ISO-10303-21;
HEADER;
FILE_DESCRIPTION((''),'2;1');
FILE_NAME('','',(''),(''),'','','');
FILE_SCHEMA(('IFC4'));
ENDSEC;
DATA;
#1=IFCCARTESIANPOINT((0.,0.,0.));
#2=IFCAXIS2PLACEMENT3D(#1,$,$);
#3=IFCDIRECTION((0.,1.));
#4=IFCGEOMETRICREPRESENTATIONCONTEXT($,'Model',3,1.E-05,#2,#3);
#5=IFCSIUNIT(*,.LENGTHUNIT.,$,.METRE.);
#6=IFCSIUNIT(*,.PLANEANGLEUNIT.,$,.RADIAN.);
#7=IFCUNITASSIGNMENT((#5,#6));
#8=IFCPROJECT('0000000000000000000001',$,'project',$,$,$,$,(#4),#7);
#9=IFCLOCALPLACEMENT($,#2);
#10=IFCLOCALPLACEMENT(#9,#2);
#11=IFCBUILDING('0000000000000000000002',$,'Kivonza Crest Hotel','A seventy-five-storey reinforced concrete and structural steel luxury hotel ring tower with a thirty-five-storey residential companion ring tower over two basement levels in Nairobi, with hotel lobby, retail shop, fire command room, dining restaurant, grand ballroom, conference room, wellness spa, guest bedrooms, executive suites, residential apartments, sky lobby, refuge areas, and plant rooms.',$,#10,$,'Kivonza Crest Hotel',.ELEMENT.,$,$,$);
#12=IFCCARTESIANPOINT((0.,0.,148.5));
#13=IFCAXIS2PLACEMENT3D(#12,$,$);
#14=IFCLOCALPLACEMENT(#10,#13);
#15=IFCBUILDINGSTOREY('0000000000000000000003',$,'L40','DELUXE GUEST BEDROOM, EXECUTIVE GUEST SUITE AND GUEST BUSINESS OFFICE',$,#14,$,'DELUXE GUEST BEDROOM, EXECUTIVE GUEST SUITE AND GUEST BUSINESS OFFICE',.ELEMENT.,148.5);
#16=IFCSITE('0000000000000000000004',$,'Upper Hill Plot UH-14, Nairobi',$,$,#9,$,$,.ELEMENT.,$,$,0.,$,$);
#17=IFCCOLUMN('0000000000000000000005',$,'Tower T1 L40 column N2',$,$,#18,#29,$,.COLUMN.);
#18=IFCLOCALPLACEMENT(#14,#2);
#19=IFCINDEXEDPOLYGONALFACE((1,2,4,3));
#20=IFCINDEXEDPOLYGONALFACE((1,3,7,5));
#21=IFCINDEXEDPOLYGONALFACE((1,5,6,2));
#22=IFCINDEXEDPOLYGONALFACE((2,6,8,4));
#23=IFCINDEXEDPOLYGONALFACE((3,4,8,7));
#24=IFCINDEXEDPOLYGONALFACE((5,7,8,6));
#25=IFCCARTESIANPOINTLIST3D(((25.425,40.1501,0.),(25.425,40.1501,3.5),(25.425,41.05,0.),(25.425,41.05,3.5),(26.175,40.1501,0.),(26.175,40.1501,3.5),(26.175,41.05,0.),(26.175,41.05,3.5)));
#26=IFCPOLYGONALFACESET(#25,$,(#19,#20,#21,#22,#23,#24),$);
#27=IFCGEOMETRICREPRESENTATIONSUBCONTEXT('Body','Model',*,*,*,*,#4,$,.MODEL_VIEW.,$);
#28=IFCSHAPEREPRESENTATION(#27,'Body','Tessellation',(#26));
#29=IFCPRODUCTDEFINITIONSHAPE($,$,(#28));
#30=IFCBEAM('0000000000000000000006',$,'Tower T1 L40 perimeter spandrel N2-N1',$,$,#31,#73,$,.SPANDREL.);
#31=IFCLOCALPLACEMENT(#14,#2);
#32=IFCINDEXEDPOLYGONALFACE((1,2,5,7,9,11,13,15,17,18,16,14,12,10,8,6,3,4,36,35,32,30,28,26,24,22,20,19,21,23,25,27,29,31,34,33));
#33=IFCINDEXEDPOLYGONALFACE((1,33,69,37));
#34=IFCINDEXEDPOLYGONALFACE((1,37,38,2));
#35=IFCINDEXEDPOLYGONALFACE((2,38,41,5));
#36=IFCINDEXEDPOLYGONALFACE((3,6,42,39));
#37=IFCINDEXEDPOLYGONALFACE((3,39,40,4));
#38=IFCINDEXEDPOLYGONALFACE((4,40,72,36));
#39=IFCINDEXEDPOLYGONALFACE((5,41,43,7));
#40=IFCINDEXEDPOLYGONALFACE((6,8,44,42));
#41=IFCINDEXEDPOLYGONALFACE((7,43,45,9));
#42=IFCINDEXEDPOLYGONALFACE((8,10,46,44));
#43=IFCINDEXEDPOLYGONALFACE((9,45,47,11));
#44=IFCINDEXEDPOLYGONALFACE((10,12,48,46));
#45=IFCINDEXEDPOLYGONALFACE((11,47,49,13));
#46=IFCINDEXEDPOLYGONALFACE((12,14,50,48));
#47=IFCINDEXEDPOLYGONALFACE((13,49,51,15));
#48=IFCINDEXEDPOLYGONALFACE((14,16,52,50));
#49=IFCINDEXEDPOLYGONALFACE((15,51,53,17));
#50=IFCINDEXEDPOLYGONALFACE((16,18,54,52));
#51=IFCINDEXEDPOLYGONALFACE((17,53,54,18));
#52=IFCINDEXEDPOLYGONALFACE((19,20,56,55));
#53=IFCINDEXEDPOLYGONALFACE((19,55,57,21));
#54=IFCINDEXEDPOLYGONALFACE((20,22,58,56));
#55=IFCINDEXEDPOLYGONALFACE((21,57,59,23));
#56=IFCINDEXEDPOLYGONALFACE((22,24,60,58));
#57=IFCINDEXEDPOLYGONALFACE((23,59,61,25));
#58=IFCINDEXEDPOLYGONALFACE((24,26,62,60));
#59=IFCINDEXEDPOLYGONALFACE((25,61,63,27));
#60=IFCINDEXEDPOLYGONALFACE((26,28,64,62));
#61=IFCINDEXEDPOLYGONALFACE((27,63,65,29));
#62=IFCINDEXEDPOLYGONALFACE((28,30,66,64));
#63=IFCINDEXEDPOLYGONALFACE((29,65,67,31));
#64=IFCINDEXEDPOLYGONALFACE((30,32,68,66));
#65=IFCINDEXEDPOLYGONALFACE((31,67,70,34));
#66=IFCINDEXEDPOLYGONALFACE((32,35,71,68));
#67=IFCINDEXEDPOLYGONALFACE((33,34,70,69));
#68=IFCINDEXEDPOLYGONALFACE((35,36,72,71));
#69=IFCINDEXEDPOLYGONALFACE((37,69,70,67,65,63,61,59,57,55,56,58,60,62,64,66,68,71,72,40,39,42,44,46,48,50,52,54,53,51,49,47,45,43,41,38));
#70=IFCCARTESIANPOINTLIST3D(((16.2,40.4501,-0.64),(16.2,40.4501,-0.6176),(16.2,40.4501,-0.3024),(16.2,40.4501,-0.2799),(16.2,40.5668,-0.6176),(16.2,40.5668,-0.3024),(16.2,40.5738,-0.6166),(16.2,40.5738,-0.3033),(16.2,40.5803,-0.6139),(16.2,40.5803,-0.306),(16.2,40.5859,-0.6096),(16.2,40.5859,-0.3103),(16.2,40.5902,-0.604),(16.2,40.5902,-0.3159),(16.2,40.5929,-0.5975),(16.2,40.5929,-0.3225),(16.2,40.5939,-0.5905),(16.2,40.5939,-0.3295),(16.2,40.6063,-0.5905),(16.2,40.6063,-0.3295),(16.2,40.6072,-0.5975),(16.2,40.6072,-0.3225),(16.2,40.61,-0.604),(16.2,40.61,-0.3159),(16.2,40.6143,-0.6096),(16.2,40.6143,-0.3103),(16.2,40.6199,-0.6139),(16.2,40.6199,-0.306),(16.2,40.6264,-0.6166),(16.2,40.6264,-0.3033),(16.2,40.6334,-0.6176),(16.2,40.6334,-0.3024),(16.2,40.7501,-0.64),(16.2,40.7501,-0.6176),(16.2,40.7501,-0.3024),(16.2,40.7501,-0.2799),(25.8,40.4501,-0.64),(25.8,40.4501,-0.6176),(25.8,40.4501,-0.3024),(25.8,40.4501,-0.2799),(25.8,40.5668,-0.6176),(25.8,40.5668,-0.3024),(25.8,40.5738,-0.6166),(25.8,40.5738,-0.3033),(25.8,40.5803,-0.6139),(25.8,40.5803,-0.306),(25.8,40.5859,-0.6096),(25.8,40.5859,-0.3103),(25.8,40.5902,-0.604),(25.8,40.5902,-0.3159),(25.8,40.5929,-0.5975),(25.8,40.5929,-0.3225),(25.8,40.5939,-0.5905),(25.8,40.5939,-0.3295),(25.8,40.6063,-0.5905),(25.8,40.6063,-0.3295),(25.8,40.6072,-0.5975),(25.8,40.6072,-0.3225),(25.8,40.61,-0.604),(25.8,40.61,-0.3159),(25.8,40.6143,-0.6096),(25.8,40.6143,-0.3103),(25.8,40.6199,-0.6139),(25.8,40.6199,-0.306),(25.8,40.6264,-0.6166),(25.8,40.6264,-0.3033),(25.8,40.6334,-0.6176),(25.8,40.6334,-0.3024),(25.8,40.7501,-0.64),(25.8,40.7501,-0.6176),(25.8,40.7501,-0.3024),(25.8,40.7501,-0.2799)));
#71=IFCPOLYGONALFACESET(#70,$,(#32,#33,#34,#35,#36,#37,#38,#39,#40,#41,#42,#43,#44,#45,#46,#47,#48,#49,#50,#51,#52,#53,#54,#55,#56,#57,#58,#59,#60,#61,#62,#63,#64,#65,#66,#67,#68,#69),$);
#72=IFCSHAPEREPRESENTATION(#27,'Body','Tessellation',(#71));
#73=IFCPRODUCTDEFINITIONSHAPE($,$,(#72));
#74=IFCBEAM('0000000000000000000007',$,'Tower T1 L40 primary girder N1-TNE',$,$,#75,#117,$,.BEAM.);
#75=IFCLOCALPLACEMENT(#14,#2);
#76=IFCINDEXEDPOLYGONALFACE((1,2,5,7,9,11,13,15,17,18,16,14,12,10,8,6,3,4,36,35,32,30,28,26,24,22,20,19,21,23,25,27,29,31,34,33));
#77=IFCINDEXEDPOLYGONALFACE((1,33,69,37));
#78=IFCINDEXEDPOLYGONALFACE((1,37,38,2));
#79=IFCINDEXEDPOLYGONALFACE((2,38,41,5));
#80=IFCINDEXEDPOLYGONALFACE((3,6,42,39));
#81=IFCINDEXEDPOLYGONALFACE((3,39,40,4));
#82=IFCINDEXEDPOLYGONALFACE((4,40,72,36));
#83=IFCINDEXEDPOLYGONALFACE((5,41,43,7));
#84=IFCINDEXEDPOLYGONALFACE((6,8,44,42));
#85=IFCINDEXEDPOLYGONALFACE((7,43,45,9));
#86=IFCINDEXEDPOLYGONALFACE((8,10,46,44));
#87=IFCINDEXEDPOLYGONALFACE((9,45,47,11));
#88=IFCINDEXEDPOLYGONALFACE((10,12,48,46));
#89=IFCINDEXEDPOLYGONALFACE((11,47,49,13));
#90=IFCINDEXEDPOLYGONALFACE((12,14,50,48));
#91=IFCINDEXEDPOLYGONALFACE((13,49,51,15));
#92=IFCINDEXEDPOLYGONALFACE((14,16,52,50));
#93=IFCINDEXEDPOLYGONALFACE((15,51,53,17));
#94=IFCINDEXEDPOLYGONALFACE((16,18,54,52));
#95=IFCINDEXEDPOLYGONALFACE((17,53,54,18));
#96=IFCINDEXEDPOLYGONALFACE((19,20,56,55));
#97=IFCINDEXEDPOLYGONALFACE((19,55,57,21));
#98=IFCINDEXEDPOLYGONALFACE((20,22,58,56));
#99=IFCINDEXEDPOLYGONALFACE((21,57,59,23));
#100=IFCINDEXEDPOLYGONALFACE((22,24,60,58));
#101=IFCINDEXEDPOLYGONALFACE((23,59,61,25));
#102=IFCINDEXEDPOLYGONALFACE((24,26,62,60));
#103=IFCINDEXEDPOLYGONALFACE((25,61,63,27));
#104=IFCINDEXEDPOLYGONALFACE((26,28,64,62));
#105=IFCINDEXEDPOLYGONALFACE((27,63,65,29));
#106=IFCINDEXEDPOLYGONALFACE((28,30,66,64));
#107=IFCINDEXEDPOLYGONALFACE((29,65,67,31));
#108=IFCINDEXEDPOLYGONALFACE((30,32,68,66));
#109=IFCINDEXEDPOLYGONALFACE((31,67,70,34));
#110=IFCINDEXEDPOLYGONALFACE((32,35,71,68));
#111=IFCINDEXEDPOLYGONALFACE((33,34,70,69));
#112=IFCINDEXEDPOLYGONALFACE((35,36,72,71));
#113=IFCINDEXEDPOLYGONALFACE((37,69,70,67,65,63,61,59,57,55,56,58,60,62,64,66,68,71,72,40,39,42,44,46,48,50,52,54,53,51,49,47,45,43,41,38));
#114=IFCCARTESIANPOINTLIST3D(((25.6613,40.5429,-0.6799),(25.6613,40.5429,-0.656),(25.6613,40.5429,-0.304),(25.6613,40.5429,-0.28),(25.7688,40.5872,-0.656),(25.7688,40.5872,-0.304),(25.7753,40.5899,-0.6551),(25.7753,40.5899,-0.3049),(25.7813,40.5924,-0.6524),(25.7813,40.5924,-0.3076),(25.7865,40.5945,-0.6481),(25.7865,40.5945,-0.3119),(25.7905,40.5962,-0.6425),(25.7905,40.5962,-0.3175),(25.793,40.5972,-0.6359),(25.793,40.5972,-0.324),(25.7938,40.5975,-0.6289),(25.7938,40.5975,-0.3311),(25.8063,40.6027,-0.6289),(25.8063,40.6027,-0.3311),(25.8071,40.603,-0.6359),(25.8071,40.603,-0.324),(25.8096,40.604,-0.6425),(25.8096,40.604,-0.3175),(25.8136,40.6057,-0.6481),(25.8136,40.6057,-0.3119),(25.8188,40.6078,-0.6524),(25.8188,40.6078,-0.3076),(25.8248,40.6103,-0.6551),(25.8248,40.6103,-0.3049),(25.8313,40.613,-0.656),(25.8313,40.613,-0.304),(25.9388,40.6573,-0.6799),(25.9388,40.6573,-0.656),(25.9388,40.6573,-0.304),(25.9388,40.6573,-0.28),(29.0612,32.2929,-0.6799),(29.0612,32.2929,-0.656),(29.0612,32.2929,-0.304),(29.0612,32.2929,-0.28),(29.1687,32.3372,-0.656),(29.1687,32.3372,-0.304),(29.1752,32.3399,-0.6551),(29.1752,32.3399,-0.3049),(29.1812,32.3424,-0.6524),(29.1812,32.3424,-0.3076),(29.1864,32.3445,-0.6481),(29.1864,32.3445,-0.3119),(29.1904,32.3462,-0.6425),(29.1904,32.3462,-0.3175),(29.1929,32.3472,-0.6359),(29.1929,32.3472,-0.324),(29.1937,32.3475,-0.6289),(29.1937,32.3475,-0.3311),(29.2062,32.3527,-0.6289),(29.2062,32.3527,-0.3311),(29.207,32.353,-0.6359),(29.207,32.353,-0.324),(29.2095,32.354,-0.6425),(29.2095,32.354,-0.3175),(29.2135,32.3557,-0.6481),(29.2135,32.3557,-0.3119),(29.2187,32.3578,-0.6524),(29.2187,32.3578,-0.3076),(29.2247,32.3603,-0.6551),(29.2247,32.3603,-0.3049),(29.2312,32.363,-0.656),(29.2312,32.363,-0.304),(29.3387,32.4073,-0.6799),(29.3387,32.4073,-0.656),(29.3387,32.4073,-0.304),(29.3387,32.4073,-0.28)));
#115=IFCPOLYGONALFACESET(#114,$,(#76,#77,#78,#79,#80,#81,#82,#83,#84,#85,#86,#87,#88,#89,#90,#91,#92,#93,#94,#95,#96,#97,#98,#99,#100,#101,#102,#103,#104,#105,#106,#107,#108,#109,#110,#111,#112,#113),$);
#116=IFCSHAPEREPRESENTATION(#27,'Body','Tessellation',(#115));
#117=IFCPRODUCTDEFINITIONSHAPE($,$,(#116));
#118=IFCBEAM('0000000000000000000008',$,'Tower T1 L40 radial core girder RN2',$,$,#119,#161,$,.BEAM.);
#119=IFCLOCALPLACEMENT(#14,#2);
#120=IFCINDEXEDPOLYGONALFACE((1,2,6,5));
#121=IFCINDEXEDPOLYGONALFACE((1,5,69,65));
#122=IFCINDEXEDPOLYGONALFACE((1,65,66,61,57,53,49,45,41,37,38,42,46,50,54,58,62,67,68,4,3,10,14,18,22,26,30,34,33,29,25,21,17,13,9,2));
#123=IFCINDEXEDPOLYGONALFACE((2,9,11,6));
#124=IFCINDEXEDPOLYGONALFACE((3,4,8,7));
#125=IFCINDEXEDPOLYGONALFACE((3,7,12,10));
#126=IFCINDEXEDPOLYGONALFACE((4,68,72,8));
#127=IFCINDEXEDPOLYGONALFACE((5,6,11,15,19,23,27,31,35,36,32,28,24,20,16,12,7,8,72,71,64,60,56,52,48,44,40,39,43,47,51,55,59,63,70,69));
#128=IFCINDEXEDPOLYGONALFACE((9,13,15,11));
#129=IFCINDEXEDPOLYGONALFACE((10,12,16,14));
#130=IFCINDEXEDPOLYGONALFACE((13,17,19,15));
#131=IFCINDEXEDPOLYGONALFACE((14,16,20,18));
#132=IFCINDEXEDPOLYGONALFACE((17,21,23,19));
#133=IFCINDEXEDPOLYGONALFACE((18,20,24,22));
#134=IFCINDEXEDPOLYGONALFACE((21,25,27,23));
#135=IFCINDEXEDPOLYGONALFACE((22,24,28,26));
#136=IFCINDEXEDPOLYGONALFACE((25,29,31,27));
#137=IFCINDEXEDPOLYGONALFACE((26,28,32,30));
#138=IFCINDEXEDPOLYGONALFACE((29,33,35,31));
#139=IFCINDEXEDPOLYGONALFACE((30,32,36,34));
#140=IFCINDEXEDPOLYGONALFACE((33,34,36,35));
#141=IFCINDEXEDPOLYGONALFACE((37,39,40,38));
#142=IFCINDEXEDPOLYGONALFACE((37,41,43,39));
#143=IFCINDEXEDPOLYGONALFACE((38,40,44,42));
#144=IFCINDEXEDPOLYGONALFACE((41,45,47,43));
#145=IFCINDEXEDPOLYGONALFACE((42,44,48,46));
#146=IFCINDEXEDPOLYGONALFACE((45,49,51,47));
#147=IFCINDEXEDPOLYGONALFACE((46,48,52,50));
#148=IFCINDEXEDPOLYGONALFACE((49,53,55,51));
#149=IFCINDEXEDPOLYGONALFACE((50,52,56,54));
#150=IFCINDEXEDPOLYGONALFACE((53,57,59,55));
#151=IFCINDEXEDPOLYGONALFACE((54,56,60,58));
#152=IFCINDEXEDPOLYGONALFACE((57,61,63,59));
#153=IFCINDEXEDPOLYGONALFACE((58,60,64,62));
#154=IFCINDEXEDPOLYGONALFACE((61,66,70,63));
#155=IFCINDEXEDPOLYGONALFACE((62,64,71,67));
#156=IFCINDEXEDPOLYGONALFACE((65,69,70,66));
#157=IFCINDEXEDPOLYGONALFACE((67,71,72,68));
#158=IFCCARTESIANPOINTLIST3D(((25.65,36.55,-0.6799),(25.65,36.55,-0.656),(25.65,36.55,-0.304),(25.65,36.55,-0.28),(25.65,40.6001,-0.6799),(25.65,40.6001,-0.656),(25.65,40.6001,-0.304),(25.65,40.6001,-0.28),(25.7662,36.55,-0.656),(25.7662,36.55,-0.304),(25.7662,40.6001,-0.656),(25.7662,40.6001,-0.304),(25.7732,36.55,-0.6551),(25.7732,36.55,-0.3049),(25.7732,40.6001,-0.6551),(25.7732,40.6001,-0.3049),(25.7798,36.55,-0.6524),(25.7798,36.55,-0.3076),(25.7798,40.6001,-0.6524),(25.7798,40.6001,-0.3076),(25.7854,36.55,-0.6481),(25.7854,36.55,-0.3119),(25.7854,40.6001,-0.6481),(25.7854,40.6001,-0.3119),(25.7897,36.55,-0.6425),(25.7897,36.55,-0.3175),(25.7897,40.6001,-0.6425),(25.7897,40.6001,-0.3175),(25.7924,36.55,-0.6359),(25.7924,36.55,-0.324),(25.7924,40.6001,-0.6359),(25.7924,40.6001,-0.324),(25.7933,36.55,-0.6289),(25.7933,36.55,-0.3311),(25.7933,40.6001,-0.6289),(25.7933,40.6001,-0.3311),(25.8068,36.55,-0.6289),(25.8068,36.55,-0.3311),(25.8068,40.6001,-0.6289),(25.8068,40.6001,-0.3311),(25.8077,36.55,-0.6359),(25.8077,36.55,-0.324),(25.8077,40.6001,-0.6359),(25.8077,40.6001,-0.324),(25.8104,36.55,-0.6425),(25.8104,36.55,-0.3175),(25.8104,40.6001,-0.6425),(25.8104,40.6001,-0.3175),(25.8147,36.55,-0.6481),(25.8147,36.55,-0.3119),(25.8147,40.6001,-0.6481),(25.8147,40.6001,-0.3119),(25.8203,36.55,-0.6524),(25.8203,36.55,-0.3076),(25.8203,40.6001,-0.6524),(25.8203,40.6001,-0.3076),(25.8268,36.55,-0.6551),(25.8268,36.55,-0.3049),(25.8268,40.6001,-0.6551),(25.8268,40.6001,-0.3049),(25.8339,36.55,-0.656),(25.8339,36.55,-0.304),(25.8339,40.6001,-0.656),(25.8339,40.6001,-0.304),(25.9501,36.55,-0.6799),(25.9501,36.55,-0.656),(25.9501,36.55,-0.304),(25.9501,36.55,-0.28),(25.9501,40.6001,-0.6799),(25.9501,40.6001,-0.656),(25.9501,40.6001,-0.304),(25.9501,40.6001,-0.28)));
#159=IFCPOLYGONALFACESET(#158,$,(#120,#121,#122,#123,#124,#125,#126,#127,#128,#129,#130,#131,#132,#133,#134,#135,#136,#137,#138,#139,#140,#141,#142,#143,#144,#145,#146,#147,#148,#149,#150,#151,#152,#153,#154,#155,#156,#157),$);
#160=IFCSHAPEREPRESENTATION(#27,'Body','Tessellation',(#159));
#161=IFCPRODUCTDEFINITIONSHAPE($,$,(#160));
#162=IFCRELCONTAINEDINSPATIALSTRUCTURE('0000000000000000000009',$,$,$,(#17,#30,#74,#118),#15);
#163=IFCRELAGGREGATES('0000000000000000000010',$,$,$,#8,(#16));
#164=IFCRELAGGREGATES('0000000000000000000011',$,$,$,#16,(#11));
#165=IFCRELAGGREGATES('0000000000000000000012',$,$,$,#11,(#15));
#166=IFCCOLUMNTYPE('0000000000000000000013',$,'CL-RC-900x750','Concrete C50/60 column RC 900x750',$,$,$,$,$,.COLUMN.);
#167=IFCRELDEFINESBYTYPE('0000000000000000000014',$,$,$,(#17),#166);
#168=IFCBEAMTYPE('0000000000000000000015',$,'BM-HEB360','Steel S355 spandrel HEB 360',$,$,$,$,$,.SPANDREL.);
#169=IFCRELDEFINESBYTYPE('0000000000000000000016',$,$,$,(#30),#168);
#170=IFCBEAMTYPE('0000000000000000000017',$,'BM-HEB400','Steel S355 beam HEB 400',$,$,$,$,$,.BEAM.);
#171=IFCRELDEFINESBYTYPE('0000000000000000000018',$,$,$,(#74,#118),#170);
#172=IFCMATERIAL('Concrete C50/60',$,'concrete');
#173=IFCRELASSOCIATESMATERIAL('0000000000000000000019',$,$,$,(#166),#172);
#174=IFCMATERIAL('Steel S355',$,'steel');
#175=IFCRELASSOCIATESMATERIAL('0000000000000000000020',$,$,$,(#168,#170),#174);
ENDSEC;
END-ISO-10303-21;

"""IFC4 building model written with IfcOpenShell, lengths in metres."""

from ifc_helpers import new_model, si_unit, direction, frame, origin, origin_2d, place, context, subcontext, project, spatial, rectangle, i_section, extrude, material, material_profile, profile_set, type_object, element, save


model = new_model("IFC4")

# Units and contexts
model_context = context("Model", 3, precision=1e-05, world=origin(), true_north=direction((0.0, 1.0)))
body_context = subcontext(model_context, "Body", "Model", "MODEL_VIEW")
ifc_project = project(units=[si_unit("LENGTHUNIT", "METRE"), si_unit("PLANEANGLEUNIT", "RADIAN")], contexts=[model_context])

# Site, building, storey
site_placement = place(None, origin())
site = spatial("IfcSite", under=ifc_project, at=site_placement, Name="Upper Hill Plot UH-14, Nairobi", CompositionType="ELEMENT", RefElevation=0.0)
building_placement = place(site_placement, origin())
building = spatial("IfcBuilding", under=site, at=building_placement, Name="Kivonza Crest Hotel", Description="A seventy-five-storey reinforced concrete and structural steel luxury hotel ring tower with a thirty-five-storey residential companion ring tower over two basement levels in Nairobi, with hotel lobby, retail shop, fire command room, dining restaurant, grand ballroom, conference room, wellness spa, guest bedrooms, executive suites, residential apartments, sky lobby, refuge areas, and plant rooms.", LongName="Kivonza Crest Hotel", CompositionType="ELEMENT")
storey_placement = place(building_placement, frame((0.0, 0.0, 148.5)))
storey = spatial("IfcBuildingStorey", under=building, at=storey_placement, Name="L40", Description="DELUXE GUEST BEDROOM, EXECUTIVE GUEST SUITE AND GUEST BUSINESS OFFICE", LongName="DELUXE GUEST BEDROOM, EXECUTIVE GUEST SUITE AND GUEST BUSINESS OFFICE", CompositionType="ELEMENT", Elevation=148.5)

# Column
ifc_material_1 = material(Name="Concrete C50/60", Category="concrete")
ifc_material_profile_1 = material_profile(ifc_material_1, rectangle(XDim=0.75, YDim=0.8999, at=origin_2d()), Name="RC 900x750")
ifc_profile_set_1 = profile_set([ifc_material_profile_1], Name="Concrete C50/60")
column_type = type_object("IfcColumnType", Name="CL-RC-900x750", Description="Concrete C50/60 column RC 900x750", PredefinedType="COLUMN", material=ifc_profile_set_1)
column_placement = place(storey_placement, frame((25.8, 40.6001, 0.0), z_axis=(0.0, 0.0, 1.0), x_axis=(1.0, 0.0, 0.0)))
element("IfcColumn", 1, at=column_placement, inside=storey, type_object=column_type, Name="Tower T1 L40 column N2", PredefinedType="COLUMN", context=body_context, shape_type="SweptSolid", body=[
    extrude(rectangle(XDim=0.75, YDim=0.8999, at=origin_2d()), origin(), (0.0, 0.0, 1.0), 3.5),
])

# Beams
ifc_material_2 = material(Name="Steel S355", Category="steel")
ifc_material_profile_2 = material_profile(ifc_material_2, i_section(OverallWidth=0.3, OverallDepth=0.3601, WebThickness=0.0125, FlangeThickness=0.0225, FilletRadius=0.0271, at=origin_2d()), Name="HEB 360")
ifc_profile_set_2 = profile_set([ifc_material_profile_2], Name="Steel S355")
beam_type_1 = type_object("IfcBeamType", Name="BM-HEB360", Description="Steel S355 spandrel HEB 360", PredefinedType="SPANDREL", material=ifc_profile_set_2)
beam_1_placement = place(storey_placement, frame((25.8, 40.6001, -0.46), z_axis=(-1.0, 0.0, 0.0), x_axis=(0.0, -1.0, 0.0)))
element("IfcBeam", 2, at=beam_1_placement, inside=storey, type_object=beam_type_1, Name="Tower T1 L40 perimeter spandrel N2-N1", PredefinedType="SPANDREL", context=body_context, shape_type="SweptSolid", body=[
    extrude(i_section(OverallWidth=0.3, OverallDepth=0.3601, WebThickness=0.0125, FlangeThickness=0.0225, FilletRadius=0.0271, at=origin_2d()), origin(), (0.0, 0.0, 1.0), 9.6001),
])
ifc_material_profile_3 = material_profile(ifc_material_2, i_section(OverallWidth=0.3, OverallDepth=0.3999, WebThickness=0.0134, FlangeThickness=0.0239, FilletRadius=0.0271, at=origin_2d()), Name="HEB 400")
ifc_profile_set_3 = profile_set([ifc_material_profile_3], Name="Steel S355")
beam_type_2 = type_object("IfcBeamType", Name="BM-HEB400", Description="Steel S355 beam HEB 400", PredefinedType="BEAM", material=ifc_profile_set_3)
beam_2_placement = place(storey_placement, frame((25.8, 40.6001, -0.48), z_axis=(0.381022, -0.924566, 0.0), x_axis=(0.924566, 0.381022, 0.0)))
element("IfcBeam", 3, at=beam_2_placement, inside=storey, type_object=beam_type_2, Name="Tower T1 L40 primary girder N1-TNE", PredefinedType="BEAM", context=body_context, shape_type="SweptSolid", body=[
    extrude(i_section(OverallWidth=0.3, OverallDepth=0.3999, WebThickness=0.0134, FlangeThickness=0.0239, FilletRadius=0.0271, at=origin_2d()), origin(), (0.0, 0.0, 1.0), 8.9231),
])
beam_3_placement = place(storey_placement, frame((25.8, 40.6001, -0.48), z_axis=(0.0, -1.0, 0.0), x_axis=(1.0, 0.0, 0.0)))
element("IfcBeam", 4, at=beam_3_placement, inside=storey, type_object=beam_type_2, Name="Tower T1 L40 radial core girder RN2", PredefinedType="BEAM", context=body_context, shape_type="SweptSolid", body=[
    extrude(i_section(OverallWidth=0.3, OverallDepth=0.3999, WebThickness=0.0134, FlangeThickness=0.0239, FilletRadius=0.0271, at=origin_2d()), origin(), (0.0, 0.0, 1.0), 4.05),
])

save(model, "model.ifc")
